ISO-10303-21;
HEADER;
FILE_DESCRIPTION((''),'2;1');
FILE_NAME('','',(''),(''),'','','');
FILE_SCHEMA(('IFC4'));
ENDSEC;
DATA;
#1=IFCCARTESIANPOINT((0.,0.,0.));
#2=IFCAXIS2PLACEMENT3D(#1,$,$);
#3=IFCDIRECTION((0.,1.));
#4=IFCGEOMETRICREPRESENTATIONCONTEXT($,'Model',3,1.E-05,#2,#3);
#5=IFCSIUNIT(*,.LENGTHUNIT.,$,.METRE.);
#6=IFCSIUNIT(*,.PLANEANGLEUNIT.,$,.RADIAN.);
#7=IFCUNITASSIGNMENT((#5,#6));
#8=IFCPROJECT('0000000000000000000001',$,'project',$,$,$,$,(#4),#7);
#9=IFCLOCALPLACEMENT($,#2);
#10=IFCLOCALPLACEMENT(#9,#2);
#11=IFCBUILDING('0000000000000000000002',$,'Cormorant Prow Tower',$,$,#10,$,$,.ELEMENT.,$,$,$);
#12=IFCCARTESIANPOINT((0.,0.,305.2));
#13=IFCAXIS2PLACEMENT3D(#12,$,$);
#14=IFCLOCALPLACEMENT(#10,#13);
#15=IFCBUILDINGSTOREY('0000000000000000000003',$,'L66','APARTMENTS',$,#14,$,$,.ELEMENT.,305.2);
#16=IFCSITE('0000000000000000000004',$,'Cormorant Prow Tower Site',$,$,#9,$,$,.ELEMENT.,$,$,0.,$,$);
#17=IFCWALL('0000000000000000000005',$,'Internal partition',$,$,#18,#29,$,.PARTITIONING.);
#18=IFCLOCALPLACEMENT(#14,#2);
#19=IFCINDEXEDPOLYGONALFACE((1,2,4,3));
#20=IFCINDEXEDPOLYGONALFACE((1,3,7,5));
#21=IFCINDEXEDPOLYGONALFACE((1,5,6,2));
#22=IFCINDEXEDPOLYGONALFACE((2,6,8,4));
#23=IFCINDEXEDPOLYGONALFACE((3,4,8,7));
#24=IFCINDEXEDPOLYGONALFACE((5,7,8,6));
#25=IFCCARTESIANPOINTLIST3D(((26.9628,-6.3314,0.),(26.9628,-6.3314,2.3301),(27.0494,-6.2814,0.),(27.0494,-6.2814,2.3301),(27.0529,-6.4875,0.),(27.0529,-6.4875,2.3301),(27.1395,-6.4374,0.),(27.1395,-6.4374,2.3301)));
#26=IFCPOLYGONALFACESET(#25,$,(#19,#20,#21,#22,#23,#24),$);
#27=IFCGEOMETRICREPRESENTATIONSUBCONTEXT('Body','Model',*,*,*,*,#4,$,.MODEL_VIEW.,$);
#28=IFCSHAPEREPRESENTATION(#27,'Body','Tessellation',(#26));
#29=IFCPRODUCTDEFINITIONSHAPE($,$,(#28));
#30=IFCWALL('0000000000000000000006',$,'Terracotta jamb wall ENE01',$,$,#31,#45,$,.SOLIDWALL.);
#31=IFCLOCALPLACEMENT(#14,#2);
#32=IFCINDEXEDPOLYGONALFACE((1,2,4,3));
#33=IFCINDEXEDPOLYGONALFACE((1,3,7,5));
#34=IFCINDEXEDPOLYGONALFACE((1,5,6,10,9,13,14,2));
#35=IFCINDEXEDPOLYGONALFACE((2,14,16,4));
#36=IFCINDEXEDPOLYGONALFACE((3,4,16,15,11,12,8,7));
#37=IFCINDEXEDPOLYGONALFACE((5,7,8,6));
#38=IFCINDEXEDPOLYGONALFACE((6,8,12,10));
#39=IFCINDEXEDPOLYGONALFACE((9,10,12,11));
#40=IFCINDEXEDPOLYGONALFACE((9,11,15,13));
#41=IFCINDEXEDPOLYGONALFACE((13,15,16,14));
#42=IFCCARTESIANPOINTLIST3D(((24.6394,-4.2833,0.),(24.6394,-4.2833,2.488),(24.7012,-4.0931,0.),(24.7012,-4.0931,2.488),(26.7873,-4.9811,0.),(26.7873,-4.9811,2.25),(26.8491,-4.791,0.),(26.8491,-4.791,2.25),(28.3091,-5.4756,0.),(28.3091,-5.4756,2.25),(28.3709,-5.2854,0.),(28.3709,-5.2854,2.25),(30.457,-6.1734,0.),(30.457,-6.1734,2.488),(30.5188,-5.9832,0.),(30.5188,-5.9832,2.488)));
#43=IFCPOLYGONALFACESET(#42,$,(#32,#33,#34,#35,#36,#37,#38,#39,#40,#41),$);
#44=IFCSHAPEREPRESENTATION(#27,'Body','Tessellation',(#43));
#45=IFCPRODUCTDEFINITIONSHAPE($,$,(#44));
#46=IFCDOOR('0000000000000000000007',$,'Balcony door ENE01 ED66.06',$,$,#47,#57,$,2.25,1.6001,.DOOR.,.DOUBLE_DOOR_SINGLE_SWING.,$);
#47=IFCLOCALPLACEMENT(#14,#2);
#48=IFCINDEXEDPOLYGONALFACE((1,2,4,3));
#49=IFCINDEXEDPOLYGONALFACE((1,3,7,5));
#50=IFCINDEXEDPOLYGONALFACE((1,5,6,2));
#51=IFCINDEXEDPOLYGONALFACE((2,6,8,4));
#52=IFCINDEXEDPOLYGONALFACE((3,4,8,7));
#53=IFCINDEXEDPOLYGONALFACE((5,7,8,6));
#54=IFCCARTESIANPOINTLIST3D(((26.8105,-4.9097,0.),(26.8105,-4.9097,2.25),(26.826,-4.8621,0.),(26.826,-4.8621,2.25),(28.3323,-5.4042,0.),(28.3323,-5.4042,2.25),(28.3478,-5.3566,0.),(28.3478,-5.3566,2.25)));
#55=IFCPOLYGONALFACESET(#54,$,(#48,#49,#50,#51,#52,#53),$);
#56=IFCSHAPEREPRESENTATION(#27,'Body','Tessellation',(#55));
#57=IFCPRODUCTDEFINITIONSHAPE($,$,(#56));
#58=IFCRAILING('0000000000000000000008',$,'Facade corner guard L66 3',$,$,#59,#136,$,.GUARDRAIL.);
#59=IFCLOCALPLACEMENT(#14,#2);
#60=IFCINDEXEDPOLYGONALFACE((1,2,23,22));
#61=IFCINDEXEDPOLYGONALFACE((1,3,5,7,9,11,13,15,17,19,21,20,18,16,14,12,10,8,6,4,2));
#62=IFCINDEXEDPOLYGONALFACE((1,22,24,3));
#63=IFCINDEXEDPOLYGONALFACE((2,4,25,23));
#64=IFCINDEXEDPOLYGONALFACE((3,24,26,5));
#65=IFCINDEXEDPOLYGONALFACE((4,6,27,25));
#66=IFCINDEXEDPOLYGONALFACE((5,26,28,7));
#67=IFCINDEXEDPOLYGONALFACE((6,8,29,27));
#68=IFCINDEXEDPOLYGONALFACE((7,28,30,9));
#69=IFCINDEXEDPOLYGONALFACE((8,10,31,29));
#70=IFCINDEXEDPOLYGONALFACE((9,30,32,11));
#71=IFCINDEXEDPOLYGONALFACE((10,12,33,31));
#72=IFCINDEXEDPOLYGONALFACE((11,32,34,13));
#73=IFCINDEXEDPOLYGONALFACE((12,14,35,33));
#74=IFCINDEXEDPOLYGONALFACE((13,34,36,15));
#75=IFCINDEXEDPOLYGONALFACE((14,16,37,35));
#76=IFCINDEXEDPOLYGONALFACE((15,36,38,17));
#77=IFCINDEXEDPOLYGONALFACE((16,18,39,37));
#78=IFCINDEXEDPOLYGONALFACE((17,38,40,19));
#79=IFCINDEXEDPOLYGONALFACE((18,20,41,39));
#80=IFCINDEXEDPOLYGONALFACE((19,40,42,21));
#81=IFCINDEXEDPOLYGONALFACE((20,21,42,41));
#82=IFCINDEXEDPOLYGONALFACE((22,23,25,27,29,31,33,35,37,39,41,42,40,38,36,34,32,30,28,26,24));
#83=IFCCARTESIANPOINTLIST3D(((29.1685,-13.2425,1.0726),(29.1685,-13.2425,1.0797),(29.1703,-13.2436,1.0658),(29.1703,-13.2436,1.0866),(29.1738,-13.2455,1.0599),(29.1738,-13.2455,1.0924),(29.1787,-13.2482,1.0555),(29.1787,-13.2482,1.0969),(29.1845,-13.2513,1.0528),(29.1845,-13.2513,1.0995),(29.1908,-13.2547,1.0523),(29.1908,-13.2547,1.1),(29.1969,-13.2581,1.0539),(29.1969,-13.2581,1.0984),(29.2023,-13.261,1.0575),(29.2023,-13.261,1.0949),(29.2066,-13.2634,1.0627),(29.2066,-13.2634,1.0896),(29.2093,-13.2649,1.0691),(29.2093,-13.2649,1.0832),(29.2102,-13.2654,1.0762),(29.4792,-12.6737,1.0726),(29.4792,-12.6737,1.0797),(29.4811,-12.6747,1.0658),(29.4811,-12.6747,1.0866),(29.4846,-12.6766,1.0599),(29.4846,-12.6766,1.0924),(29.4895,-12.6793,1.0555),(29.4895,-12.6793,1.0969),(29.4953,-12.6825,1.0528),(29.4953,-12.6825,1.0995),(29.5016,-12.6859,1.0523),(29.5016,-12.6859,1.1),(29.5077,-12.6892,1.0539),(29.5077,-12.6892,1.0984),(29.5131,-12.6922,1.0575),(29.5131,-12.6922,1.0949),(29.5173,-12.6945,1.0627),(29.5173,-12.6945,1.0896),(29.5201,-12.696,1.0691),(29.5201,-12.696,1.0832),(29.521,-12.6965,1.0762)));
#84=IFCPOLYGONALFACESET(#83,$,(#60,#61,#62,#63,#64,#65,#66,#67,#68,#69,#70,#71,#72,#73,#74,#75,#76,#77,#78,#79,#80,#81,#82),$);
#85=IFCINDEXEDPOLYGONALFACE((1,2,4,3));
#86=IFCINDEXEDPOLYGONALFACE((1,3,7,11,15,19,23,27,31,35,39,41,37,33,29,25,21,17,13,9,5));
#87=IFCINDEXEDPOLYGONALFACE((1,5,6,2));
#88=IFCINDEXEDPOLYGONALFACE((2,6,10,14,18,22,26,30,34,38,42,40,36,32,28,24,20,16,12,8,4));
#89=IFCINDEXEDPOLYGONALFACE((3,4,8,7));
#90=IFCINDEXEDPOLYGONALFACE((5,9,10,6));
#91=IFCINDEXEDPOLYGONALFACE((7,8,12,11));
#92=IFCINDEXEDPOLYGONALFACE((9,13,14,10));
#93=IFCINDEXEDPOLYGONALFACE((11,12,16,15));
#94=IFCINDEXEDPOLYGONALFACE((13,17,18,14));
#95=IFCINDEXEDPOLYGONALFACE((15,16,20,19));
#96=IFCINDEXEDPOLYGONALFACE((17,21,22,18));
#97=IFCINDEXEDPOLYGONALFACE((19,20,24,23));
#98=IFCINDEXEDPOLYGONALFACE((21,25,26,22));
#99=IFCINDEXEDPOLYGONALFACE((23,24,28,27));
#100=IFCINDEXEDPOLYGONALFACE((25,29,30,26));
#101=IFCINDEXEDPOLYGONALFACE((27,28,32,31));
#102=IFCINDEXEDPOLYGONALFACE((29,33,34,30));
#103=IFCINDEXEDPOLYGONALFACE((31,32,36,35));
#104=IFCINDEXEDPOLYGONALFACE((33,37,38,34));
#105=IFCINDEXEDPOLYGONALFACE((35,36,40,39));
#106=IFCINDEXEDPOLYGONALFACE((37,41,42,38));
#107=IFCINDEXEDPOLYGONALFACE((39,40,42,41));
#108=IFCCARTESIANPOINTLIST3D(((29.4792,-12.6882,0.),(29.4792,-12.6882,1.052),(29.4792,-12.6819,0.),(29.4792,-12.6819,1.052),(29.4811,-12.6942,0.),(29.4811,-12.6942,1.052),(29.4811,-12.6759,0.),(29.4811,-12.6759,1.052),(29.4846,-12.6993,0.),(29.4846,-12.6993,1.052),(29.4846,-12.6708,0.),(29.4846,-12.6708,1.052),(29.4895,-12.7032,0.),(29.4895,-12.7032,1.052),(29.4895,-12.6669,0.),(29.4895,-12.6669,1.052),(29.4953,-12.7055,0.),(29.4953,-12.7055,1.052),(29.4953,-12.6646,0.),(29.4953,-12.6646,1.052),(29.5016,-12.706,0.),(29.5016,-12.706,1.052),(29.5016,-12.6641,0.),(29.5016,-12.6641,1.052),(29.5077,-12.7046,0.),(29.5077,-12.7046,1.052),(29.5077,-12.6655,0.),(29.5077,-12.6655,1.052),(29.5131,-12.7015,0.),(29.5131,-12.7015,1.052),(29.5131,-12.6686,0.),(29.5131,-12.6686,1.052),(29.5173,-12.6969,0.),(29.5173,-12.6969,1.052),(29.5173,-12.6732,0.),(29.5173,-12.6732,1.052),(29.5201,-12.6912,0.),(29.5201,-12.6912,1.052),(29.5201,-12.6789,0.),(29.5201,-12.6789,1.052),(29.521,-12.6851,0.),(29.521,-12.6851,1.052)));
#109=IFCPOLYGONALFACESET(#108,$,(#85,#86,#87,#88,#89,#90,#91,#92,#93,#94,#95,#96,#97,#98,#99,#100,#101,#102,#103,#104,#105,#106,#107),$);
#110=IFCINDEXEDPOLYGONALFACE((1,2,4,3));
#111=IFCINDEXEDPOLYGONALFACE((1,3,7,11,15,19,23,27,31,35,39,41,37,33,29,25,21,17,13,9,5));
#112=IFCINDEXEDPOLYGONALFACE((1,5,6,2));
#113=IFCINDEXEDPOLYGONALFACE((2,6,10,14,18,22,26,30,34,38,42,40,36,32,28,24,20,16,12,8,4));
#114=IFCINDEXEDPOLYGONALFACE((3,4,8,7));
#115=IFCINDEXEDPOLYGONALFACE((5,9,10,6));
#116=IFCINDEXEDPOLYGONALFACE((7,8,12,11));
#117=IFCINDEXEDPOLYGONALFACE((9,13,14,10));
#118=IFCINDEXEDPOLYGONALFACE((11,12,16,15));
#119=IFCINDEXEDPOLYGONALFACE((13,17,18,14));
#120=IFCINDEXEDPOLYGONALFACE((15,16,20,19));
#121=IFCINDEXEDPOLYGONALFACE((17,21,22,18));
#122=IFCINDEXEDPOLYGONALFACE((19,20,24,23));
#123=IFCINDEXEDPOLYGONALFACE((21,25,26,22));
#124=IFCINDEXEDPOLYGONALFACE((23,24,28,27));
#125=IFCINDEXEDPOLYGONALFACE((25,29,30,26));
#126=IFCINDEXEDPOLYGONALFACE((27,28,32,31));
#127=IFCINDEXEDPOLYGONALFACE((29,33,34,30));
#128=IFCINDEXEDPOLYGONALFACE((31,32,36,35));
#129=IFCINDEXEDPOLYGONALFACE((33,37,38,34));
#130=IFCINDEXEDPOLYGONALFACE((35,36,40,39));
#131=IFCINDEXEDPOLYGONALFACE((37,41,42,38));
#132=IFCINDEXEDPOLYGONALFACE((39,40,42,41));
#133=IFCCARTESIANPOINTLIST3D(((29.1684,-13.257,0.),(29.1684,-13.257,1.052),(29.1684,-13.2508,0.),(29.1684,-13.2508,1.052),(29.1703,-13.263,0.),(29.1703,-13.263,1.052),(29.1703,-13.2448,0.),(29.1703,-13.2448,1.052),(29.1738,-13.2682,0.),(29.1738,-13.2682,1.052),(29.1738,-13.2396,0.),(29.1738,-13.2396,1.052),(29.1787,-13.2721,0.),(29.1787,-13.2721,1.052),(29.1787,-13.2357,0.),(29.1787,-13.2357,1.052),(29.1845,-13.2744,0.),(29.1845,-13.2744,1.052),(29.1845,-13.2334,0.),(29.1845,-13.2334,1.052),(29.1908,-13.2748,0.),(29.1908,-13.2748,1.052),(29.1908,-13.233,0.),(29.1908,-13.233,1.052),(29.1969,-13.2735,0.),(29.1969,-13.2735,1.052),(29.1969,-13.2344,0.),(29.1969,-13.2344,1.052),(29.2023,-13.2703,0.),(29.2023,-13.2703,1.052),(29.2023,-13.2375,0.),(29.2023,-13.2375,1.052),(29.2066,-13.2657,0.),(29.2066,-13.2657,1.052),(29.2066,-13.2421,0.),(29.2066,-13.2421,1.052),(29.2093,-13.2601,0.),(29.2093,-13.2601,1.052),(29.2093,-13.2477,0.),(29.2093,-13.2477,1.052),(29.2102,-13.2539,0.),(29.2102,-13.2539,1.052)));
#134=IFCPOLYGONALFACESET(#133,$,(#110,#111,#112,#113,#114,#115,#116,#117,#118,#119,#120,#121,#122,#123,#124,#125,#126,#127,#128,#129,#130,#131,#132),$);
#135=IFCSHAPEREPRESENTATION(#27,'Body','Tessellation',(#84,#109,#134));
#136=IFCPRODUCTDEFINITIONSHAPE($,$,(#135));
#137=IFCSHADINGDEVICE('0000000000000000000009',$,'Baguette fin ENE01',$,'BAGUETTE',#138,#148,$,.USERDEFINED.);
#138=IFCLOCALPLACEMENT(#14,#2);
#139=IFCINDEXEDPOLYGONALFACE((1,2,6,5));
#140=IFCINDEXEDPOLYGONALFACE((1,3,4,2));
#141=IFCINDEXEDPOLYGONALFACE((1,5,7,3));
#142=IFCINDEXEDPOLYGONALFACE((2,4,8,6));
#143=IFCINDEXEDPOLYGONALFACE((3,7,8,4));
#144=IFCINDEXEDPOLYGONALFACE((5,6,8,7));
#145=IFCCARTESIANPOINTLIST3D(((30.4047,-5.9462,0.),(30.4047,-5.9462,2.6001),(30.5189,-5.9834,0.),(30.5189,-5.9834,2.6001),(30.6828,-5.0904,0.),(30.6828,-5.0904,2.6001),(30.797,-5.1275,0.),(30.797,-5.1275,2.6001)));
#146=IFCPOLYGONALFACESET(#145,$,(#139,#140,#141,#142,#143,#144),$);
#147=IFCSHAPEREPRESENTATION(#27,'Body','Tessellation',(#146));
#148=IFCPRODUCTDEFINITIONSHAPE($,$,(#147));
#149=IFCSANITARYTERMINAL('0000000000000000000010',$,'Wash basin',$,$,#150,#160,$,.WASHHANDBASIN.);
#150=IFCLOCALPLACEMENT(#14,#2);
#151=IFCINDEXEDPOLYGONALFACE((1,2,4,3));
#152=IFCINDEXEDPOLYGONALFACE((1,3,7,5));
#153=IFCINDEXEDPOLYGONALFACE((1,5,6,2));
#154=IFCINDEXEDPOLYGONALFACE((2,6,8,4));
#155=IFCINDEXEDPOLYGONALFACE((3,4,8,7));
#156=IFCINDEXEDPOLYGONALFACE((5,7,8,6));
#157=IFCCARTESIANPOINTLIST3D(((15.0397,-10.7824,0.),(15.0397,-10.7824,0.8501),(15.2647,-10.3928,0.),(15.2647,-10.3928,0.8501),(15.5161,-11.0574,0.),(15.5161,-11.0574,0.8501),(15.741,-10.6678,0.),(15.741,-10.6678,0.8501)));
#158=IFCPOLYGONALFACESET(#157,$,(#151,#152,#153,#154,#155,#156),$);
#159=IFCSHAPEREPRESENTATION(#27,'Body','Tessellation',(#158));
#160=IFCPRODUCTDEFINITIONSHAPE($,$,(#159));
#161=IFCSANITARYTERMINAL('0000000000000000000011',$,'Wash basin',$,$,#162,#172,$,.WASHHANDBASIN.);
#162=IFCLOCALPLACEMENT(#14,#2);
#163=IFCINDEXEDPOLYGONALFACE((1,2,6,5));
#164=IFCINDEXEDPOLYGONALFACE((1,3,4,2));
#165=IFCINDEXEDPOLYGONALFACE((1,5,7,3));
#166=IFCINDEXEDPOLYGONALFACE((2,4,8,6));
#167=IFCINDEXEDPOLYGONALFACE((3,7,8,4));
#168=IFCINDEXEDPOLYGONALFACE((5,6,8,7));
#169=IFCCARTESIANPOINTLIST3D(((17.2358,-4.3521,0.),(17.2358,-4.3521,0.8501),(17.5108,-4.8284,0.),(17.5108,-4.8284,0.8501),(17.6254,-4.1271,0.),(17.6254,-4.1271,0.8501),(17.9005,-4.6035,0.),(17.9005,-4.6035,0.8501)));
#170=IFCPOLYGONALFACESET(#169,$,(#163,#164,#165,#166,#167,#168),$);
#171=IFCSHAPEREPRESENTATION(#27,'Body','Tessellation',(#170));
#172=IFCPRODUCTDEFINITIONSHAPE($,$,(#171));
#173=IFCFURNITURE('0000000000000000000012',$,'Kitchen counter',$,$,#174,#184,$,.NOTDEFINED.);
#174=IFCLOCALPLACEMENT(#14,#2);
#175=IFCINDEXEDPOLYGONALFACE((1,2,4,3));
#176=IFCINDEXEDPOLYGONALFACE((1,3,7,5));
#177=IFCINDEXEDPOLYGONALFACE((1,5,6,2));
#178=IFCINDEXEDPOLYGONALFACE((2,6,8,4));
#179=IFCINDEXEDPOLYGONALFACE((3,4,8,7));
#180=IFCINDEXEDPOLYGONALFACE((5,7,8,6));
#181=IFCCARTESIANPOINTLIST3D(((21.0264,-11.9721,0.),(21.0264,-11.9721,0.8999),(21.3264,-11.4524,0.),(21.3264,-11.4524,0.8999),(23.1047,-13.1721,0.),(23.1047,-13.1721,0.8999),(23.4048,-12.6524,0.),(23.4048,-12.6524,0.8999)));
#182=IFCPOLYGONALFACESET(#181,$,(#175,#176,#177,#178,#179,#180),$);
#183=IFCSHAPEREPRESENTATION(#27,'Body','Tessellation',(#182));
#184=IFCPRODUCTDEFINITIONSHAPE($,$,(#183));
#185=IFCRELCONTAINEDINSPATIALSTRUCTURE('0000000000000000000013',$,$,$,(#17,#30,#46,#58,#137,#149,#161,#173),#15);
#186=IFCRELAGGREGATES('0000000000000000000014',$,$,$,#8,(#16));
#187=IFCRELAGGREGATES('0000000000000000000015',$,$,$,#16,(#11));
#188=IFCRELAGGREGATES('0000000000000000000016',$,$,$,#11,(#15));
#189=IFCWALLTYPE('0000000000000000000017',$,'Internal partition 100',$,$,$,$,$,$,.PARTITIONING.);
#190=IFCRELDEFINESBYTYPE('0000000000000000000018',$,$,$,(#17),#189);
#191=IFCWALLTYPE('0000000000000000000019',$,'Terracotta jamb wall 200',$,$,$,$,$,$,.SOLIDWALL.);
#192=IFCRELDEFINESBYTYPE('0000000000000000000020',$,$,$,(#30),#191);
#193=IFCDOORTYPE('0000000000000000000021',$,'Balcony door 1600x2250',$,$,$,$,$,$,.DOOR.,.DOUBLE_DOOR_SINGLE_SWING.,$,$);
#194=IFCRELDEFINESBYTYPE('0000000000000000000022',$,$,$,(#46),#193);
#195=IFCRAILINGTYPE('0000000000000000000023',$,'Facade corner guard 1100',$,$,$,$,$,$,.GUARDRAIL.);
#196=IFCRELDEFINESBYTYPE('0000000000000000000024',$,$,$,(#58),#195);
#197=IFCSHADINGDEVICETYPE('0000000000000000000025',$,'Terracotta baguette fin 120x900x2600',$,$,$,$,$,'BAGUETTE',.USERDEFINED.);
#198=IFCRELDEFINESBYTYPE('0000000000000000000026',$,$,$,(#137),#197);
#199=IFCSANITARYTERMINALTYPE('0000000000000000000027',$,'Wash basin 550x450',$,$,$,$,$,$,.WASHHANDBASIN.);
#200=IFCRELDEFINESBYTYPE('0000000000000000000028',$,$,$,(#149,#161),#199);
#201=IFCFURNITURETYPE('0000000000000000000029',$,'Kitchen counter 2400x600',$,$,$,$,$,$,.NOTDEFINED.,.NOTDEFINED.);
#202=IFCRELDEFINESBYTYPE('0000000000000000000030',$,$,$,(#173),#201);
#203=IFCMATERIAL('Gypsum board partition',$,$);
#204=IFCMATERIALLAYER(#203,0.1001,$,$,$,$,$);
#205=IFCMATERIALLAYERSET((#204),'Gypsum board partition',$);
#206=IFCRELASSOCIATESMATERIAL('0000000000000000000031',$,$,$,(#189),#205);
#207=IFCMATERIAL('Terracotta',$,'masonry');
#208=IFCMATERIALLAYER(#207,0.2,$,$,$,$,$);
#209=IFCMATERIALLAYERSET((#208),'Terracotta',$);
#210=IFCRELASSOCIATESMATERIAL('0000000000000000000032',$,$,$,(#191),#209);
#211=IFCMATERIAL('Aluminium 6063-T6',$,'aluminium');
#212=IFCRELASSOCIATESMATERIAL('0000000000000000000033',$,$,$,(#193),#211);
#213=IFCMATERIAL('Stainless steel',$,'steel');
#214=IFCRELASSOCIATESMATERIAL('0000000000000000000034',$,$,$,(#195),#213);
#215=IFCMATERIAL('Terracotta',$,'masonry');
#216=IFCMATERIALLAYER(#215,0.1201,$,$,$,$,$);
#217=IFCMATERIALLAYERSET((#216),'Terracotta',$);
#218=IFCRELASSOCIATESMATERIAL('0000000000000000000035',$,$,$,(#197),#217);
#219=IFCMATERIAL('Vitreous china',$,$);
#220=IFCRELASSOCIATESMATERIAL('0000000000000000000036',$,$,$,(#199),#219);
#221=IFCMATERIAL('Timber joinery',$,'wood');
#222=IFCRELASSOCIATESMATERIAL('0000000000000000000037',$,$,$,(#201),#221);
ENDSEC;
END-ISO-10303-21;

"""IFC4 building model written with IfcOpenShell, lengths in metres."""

from ifc_helpers import new_model, si_unit, direction, frame, frame_2d, origin, origin_2d, place, context, subcontext, project, spatial, rectangle, circle, extrude, material, layer, layer_set, type_object, element, fill, save


model = new_model("IFC4")

# Units and contexts
model_context = context("Model", 3, precision=1e-05, world=origin(), true_north=direction((0.0, 1.0)))
body_context = subcontext(model_context, "Body", "Model", "MODEL_VIEW")
ifc_project = project(units=[si_unit("LENGTHUNIT", "METRE"), si_unit("PLANEANGLEUNIT", "RADIAN")], contexts=[model_context])

# Site, building, storey
site_placement = place(None, origin())
site = spatial("IfcSite", under=ifc_project, at=site_placement, Name="Cormorant Prow Tower Site", CompositionType="ELEMENT", RefElevation=0.0)
building_placement = place(site_placement, origin())
building = spatial("IfcBuilding", under=site, at=building_placement, Name="Cormorant Prow Tower", CompositionType="ELEMENT")
storey_placement = place(building_placement, frame((0.0, 0.0, 305.2)))
storey = spatial("IfcBuildingStorey", under=building, at=storey_placement, Name="L66", Description="APARTMENTS", CompositionType="ELEMENT", Elevation=305.2)

# Shared definitions
ifc_material_1 = material(Name="Gypsum board partition")
ifc_layer_1 = layer(ifc_material_1, 0.1001)
ifc_layer_set_1 = layer_set([ifc_layer_1], Name="Gypsum board partition")
wall_type_1 = type_object("IfcWallType", Name="Internal partition 100", PredefinedType="PARTITIONING", material=ifc_layer_set_1)

# Wall
wall_1_placement = place(storey_placement, frame((27.0061, -6.3064, 0.0), z_axis=(0.0, 0.0, 1.0), x_axis=(0.500074, -0.865982, 0.0)))
element("IfcWall", 1, at=wall_1_placement, inside=storey, type_object=wall_type_1, Name="Internal partition", PredefinedType="PARTITIONING", context=body_context, shape_type="SweptSolid", body=[
    extrude(rectangle(XDim=0.1802, YDim=0.1001, at=frame_2d((0.0901, 0.0))), origin(), (0.0, 0.0, 1.0), 2.3301),
])

# Wall, opening, door
ifc_material_2 = material(Name="Terracotta", Category="masonry")
ifc_layer_2 = layer(ifc_material_2, 0.2)
ifc_layer_set_2 = layer_set([ifc_layer_2], Name="Terracotta")
wall_type_2 = type_object("IfcWallType", Name="Terracotta jamb wall 200", PredefinedType="SOLIDWALL", material=ifc_layer_set_2)
wall_2_placement = place(storey_placement, frame((30.488, -6.0784, 0.0), z_axis=(0.0, 0.0, 1.0), x_axis=(-0.951063, 0.308999, 0.0)))
wall_2 = element("IfcWall", 2, at=wall_2_placement, inside=storey, type_object=wall_type_2, Name="Terracotta jamb wall ENE01", PredefinedType="SOLIDWALL", context=body_context, shape_type="SweptSolid", body=[
    extrude(rectangle(XDim=6.1169, YDim=0.2, at=frame_2d((3.0586, 0.0))), origin(), (0.0, 0.0, 1.0), 2.488),
])
opening_1_placement = place(wall_2_placement, frame((2.2585, 0.0, 0.0)))
opening_1 = element("IfcOpeningElement", 3, at=opening_1_placement, cuts=wall_2, PredefinedType="OPENING", context=body_context, shape_type="SweptSolid", body=[
    extrude(rectangle(XDim=1.6001, YDim=2.25, at=frame_2d((0.8, 1.125))), frame((0.0, 0.1099, 0.0), z_axis=(0.0, -1.0, 0.0), x_axis=(1.0, 0.0, 0.0)), (0.0, 0.0, 1.0), 0.22),
])
ifc_material_3 = material(Name="Aluminium 6063-T6", Category="aluminium")
door_type_1 = type_object("IfcDoorType", Name="Balcony door 1600x2250", OperationType="DOUBLE_DOOR_SINGLE_SWING", PredefinedType="DOOR", material=ifc_material_3)
door_1_placement = place(opening_1_placement, origin())
door_1 = element("IfcDoor", 4, at=door_1_placement, inside=storey, type_object=door_type_1, Name="Balcony door ENE01 ED66.06", OperationType="DOUBLE_DOOR_SINGLE_SWING", OverallHeight=2.25, OverallWidth=1.6001, PredefinedType="DOOR", context=body_context, shape_type="SweptSolid", body=[
    extrude(rectangle(XDim=1.6001, YDim=2.25, at=frame_2d((0.8, 1.125))), frame((0.0, 0.0249, 0.0), z_axis=(0.0, -1.0, 0.0), x_axis=(1.0, 0.0, 0.0)), (0.0, 0.0, 1.0), 0.05),
])
fill(opening_1, door_1)

# Railing
ifc_material_4 = material(Name="Stainless steel", Category="steel")
railing_type_1 = type_object("IfcRailingType", Name="Facade corner guard 1100", PredefinedType="GUARDRAIL", material=ifc_material_4)
railing_1_placement = place(storey_placement, frame((29.5, -12.6851, 0.0)))
element("IfcRailing", 5, at=railing_1_placement, inside=storey, type_object=railing_type_1, Name="Facade corner guard L66 3", PredefinedType="GUARDRAIL", context=body_context, shape_type="SweptSolid", body=[
    extrude(circle(Radius=0.0239, at=origin_2d()), frame((0.0, 0.0, 1.0762), z_axis=(-0.479459, -0.877564, 0.0), x_axis=(0.877564, -0.479459, 0.0)), (0.0, 0.0, 1.0), 0.6482),
    extrude(circle(Radius=0.021, at=origin_2d()), origin(), (0.0, 0.0, 1.0), 1.052),
    extrude(circle(Radius=0.021, at=origin_2d()), frame((-0.3108, -0.5688, 0.0)), (0.0, 0.0, 1.0), 1.052),
])

# Shading device
ifc_material_5 = material(Name="Terracotta", Category="masonry")
ifc_layer_3 = layer(ifc_material_5, 0.1201)
ifc_layer_set_3 = layer_set([ifc_layer_3], Name="Terracotta")
shading_device_type = type_object("IfcShadingDeviceType", Name="Terracotta baguette fin 120x900x2600", ElementType="BAGUETTE", PredefinedType="USERDEFINED", material=ifc_layer_set_3)
shading_device_placement = place(storey_placement, frame((30.6008, -5.5369, 0.0), z_axis=(0.0, 0.0, 1.0), x_axis=(-0.951057, 0.309017, 0.0)))
element("IfcShadingDevice", 6, at=shading_device_placement, inside=storey, type_object=shading_device_type, Name="Baguette fin ENE01", ObjectType="BAGUETTE", PredefinedType="USERDEFINED", context=body_context, shape_type="SweptSolid", body=[
    extrude(rectangle(XDim=0.1201, YDim=0.8999, at=origin_2d()), origin(), (0.0, 0.0, 1.0), 2.6001),
])

# Sanitary terminals
ifc_material_6 = material(Name="Vitreous china")
sanitary_terminal_type = type_object("IfcSanitaryTerminalType", Name="Wash basin 550x450", PredefinedType="WASHHANDBASIN", material=ifc_material_6)
for number, where, z_axis, x_axis, name in (
    (7, (15.3904, -10.7251, 0.0), (0.0, 0.0, 1.0), (-0.866025, 0.5, 0.0), "Wash basin"),
    (8, (17.5681, -4.4778, 0.0), (0.0, 0.0, 1.0), (-0.5, 0.866025, 0.0), "Wash basin"),
):
    element("IfcSanitaryTerminal", number, at=place(storey_placement, frame(where, z_axis=z_axis, x_axis=x_axis)), inside=storey, type_object=sanitary_terminal_type, Name=name, PredefinedType="WASHHANDBASIN", context=body_context, shape_type="SweptSolid", body=[
        extrude(rectangle(XDim=0.55, YDim=0.45, at=origin_2d()), origin(), (0.0, 0.0, 1.0), 0.8501),
    ])

# Furniture
ifc_material_7 = material(Name="Timber joinery", Category="wood")
furniture_type = type_object("IfcFurnitureType", Name="Kitchen counter 2400x600", AssemblyPlace="NOTDEFINED", PredefinedType="NOTDEFINED", material=ifc_material_7)
furniture_placement = place(storey_placement, frame((22.2156, -12.3123, 0.0), z_axis=(0.0, 0.0, 1.0), x_axis=(-0.866025, 0.5, 0.0)))
element("IfcFurniture", 9, at=furniture_placement, inside=storey, type_object=furniture_type, Name="Kitchen counter", PredefinedType="NOTDEFINED", context=body_context, shape_type="SweptSolid", body=[
    extrude(rectangle(XDim=2.3999, YDim=0.6001, at=origin_2d()), origin(), (0.0, 0.0, 1.0), 0.8999),
])

save(model, "model.ifc")
